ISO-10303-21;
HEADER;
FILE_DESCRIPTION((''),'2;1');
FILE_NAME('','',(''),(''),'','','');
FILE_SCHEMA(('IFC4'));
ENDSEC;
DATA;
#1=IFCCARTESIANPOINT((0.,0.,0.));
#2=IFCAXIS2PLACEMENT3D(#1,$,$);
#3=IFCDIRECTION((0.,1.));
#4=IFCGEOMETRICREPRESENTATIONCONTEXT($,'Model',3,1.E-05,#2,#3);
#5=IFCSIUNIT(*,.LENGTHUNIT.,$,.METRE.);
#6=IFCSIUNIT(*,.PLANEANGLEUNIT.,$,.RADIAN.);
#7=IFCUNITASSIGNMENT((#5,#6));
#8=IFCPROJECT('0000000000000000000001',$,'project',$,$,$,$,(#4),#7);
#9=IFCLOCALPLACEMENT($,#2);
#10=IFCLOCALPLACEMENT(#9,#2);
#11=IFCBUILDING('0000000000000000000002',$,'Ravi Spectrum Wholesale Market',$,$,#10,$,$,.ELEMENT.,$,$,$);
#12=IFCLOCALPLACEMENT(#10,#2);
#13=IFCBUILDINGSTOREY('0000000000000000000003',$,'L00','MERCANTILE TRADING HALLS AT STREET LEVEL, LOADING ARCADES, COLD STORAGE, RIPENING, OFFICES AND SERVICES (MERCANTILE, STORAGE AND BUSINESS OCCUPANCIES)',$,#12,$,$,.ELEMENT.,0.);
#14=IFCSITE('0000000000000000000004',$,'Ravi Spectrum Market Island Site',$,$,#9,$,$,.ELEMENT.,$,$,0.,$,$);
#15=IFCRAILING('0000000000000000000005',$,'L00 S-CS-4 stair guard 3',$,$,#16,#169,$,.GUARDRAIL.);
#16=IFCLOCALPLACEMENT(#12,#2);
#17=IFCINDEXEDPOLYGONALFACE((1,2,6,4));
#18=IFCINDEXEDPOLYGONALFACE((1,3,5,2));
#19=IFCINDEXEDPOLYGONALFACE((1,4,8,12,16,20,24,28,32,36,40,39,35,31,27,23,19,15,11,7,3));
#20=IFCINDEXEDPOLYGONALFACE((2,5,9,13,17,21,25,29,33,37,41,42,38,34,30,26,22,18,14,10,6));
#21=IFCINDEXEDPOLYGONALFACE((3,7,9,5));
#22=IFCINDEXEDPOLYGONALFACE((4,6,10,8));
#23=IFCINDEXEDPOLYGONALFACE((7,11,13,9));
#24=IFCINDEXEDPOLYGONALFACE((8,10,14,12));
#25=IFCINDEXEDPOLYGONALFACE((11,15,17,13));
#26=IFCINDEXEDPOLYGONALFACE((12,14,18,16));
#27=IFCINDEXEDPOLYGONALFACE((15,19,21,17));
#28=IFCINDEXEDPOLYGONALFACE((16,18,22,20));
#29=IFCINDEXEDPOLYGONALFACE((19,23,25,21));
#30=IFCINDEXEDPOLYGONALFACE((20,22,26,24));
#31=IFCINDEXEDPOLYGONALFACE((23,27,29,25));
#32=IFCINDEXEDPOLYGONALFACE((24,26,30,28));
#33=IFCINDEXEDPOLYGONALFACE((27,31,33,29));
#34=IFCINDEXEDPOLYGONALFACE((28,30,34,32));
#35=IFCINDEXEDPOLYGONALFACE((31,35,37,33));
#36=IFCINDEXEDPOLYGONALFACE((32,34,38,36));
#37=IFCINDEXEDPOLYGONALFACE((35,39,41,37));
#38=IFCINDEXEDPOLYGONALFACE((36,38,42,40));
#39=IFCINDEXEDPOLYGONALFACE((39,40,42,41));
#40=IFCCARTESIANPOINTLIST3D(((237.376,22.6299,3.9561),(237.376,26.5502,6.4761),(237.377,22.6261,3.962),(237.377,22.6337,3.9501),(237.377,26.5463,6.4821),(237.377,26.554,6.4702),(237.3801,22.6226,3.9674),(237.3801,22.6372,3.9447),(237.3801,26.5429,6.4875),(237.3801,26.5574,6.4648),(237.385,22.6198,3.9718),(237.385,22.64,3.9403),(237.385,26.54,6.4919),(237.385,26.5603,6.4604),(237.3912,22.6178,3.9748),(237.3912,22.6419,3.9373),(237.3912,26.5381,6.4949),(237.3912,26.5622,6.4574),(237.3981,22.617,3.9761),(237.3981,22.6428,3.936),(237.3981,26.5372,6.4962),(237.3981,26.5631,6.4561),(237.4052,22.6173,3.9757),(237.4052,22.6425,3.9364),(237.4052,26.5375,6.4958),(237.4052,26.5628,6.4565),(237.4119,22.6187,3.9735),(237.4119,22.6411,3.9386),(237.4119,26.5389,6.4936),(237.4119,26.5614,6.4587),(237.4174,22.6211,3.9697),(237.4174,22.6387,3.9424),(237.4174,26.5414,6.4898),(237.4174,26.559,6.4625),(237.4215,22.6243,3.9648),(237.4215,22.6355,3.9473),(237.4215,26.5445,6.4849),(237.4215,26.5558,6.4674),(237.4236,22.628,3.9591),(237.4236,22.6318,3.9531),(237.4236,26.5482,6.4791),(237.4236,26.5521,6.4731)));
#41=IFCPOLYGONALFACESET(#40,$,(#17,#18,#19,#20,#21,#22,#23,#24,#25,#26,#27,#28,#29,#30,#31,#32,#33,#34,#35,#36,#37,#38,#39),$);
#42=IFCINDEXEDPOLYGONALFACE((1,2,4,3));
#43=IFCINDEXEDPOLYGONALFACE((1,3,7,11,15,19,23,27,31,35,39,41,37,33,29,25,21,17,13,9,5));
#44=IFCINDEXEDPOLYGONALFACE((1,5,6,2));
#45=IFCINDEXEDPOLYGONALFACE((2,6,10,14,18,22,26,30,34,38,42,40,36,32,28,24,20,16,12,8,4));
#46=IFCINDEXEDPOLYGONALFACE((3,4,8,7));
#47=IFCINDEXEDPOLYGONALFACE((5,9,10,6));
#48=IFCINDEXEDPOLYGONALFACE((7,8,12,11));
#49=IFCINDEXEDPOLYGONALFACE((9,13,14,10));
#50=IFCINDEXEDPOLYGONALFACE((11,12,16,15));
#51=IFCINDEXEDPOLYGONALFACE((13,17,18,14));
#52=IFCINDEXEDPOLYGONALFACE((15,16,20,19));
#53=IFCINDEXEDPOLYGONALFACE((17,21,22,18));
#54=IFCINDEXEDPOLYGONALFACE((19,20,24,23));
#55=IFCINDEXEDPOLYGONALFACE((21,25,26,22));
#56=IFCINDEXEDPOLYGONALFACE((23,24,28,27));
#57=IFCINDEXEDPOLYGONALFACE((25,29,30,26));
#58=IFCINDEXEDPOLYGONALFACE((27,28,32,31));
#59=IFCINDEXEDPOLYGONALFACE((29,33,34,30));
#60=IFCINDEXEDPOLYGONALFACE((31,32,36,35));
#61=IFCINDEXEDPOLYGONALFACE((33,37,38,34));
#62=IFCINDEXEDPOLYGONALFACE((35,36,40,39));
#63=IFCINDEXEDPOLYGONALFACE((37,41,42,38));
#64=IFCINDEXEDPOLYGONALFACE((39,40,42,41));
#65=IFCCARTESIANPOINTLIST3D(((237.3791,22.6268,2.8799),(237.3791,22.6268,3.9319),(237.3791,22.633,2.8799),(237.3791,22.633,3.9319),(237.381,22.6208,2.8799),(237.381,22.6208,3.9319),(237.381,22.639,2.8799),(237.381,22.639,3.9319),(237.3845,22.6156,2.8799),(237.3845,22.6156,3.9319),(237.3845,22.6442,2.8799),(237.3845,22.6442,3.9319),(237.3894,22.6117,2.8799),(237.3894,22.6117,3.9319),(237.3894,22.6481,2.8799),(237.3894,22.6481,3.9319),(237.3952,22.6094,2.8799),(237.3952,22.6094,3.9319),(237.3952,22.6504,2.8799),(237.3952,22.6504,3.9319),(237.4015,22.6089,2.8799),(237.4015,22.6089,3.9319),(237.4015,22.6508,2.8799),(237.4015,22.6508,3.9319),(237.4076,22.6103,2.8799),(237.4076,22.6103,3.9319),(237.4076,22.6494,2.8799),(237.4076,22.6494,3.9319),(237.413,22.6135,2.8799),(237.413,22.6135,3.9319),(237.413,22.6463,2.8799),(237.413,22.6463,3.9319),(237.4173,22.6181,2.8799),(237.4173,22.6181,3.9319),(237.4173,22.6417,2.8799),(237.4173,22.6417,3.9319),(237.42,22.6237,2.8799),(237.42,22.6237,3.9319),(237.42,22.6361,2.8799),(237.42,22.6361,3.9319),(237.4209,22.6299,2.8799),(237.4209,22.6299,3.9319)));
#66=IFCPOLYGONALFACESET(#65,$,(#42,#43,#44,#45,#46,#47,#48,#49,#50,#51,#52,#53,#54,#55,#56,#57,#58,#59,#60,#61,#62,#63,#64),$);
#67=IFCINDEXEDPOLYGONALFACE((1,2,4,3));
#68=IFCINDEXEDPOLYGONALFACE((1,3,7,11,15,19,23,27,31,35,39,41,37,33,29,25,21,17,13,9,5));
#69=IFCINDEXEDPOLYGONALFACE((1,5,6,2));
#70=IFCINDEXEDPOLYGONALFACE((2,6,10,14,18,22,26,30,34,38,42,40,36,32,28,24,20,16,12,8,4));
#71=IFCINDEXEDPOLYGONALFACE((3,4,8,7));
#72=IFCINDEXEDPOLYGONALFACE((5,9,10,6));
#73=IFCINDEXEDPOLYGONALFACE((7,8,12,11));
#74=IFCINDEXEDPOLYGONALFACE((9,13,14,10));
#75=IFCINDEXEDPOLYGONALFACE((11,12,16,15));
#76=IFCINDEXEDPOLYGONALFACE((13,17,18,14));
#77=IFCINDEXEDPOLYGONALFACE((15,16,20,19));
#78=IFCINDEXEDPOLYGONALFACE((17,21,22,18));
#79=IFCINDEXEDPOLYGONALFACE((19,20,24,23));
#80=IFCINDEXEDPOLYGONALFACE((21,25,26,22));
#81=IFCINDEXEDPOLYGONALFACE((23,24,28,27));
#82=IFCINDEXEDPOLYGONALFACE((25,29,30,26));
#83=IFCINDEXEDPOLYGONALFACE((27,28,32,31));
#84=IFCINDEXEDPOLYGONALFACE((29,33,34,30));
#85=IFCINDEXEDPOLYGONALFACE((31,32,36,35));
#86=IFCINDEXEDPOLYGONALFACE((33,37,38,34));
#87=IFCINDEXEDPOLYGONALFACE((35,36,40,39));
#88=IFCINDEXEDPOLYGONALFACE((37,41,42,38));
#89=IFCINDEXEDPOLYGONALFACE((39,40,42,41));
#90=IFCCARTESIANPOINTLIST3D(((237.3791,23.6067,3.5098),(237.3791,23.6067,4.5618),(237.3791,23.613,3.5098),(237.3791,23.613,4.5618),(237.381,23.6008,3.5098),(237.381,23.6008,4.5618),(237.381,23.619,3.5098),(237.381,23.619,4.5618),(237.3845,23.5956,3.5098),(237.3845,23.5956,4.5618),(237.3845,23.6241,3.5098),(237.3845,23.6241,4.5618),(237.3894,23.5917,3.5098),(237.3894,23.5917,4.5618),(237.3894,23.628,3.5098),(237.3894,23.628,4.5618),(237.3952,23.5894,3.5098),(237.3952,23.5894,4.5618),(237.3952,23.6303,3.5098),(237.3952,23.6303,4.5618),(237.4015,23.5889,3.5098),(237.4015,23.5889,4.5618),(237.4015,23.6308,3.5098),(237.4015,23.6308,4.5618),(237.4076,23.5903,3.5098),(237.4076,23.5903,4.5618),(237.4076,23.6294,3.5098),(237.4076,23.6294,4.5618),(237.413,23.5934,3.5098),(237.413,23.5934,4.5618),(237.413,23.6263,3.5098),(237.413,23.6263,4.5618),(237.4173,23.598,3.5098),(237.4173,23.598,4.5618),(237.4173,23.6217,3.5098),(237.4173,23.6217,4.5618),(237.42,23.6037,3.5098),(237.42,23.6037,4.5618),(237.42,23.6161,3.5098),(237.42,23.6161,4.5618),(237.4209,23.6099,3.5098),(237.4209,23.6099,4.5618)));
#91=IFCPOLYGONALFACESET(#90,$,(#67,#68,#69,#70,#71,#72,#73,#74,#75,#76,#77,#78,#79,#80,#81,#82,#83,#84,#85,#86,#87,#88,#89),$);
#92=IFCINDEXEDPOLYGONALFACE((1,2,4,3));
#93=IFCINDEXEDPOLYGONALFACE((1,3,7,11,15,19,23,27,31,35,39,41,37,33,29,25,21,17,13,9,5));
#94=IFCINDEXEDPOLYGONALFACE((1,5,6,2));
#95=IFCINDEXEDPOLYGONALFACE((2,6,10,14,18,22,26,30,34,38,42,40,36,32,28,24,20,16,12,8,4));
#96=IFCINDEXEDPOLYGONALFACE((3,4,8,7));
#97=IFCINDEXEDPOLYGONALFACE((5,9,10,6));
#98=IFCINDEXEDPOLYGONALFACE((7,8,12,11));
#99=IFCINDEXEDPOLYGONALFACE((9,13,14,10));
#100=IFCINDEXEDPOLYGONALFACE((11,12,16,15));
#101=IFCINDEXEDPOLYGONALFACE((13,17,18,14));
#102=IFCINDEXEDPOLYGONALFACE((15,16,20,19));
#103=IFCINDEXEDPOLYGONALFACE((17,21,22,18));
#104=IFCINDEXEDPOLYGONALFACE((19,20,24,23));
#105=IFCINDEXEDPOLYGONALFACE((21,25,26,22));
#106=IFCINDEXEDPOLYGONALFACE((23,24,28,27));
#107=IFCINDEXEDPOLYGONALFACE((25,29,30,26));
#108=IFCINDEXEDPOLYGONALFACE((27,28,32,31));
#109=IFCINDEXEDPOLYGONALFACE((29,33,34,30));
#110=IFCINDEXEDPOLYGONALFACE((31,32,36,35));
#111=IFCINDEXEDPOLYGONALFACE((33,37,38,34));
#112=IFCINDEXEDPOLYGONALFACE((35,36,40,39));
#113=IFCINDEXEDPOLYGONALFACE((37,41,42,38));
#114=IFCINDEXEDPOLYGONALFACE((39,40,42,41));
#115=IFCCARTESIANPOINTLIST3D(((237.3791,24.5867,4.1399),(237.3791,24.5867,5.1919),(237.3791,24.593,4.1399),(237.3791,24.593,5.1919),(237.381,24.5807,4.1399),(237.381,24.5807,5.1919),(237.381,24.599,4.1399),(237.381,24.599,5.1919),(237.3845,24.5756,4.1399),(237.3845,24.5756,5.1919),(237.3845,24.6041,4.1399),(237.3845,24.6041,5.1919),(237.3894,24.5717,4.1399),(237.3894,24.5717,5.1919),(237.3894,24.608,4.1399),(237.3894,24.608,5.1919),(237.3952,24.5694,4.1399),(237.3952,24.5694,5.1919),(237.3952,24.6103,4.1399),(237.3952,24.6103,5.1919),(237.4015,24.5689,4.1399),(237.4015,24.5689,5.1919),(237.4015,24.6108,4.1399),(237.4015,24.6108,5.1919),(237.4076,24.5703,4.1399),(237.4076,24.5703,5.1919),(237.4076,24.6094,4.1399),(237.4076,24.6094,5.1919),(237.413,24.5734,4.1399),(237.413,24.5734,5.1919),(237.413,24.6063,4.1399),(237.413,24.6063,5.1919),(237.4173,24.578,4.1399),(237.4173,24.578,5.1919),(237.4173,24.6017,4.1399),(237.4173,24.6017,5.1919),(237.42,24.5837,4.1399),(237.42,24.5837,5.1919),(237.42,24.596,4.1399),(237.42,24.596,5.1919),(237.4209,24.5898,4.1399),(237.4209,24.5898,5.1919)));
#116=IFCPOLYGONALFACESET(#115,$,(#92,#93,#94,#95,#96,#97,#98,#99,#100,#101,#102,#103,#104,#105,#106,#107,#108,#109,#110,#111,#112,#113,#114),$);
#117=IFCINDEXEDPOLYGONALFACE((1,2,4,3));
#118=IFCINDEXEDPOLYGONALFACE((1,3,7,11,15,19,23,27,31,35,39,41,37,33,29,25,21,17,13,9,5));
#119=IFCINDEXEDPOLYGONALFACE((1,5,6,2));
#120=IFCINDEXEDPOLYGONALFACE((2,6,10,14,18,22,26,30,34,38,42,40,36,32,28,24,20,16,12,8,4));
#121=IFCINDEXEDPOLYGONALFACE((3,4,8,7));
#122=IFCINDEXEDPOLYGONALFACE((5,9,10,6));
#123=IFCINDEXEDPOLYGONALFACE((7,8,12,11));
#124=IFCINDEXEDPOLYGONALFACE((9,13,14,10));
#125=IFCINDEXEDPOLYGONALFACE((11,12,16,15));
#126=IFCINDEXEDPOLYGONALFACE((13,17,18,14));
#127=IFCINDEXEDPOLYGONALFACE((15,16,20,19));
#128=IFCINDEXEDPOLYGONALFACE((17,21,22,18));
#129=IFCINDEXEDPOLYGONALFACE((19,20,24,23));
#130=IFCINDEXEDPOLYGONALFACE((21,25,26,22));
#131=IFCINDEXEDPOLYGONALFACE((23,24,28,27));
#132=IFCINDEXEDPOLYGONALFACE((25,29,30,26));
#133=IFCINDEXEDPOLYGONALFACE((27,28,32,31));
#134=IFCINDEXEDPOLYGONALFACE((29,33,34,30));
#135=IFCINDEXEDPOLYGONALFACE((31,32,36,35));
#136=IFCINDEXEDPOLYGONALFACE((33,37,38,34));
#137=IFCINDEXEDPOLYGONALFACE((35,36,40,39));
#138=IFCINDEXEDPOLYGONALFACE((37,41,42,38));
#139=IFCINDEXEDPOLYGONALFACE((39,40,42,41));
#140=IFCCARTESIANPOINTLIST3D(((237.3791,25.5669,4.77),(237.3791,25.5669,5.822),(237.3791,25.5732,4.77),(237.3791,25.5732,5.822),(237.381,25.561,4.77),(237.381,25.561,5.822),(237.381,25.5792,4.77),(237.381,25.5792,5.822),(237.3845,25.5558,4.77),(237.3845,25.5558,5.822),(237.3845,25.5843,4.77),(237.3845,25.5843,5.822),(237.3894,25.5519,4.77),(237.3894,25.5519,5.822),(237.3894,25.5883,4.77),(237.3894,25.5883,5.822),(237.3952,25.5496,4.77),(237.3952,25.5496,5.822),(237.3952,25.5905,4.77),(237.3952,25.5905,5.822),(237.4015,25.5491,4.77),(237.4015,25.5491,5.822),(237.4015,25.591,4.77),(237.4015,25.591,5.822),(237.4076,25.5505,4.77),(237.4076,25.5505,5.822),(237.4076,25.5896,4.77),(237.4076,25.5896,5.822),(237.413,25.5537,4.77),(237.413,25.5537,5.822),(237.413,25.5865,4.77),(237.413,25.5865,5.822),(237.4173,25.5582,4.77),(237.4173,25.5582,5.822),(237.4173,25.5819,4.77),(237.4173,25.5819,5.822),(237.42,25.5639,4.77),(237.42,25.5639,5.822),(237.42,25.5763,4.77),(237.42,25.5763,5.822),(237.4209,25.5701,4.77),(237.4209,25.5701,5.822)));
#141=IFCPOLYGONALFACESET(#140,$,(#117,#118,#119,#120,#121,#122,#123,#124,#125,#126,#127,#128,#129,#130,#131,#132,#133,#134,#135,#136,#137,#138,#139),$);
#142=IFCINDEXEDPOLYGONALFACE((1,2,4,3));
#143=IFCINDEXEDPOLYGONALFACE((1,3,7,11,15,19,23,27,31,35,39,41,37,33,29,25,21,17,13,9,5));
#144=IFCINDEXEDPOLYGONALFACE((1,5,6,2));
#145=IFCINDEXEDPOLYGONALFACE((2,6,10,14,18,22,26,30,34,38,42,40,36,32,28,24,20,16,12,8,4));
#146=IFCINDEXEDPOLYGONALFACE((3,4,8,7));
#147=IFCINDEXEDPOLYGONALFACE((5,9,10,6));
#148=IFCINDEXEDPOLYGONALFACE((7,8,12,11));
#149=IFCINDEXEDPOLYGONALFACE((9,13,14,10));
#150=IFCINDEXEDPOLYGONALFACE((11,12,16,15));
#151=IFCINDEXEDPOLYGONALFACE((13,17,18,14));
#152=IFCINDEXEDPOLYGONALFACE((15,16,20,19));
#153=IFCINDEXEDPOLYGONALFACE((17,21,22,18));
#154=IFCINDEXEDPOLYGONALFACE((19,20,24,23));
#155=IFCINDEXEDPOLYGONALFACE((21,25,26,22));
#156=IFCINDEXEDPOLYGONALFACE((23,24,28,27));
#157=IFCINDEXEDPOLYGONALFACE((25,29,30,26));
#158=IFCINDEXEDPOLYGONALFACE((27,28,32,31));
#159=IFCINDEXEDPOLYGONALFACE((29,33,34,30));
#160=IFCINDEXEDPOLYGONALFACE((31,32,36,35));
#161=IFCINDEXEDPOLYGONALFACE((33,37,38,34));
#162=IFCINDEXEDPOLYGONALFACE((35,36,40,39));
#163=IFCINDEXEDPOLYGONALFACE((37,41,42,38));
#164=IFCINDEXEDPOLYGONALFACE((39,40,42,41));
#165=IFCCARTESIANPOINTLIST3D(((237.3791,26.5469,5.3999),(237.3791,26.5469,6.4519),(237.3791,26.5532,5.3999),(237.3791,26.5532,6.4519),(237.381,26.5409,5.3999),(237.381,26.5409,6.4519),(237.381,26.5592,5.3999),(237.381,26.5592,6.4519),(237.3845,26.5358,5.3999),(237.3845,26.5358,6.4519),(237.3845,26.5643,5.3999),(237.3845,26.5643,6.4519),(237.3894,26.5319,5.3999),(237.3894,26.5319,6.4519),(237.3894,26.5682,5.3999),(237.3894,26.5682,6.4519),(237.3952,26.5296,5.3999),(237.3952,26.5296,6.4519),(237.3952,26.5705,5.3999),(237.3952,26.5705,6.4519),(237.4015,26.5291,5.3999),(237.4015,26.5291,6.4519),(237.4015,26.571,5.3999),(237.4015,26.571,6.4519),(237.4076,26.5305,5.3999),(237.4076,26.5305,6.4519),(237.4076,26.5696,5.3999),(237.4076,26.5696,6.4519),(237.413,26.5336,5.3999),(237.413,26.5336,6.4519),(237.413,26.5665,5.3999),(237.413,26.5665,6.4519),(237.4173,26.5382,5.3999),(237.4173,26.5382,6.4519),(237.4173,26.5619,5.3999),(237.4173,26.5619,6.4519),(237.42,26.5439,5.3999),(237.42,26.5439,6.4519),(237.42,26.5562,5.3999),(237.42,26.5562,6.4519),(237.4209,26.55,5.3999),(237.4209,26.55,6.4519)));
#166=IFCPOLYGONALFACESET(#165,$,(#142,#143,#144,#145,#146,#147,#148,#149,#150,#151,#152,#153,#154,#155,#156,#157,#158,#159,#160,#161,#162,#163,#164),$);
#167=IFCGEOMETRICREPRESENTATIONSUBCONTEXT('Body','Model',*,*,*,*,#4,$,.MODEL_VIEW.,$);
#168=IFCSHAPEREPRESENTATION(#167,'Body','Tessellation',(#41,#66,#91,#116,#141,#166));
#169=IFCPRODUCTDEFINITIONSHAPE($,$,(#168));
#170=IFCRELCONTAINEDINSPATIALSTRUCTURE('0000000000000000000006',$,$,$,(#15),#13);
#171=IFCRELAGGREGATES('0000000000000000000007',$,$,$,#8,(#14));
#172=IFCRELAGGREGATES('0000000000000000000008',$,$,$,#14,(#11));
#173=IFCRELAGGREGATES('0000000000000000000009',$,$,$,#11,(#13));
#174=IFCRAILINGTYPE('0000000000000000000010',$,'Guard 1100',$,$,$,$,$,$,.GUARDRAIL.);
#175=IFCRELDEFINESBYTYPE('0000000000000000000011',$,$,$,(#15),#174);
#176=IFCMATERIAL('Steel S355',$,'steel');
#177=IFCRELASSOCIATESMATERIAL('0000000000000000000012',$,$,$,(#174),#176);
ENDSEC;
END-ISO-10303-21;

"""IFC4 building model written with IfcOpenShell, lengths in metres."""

from ifc_helpers import new_model, si_unit, direction, frame, origin, origin_2d, place, context, subcontext, project, spatial, circle, extrude, material, type_object, element, save


model = new_model("IFC4")

# Units and contexts
model_context = context("Model", 3, precision=1e-05, world=origin(), true_north=direction((0.0, 1.0)))
body_context = subcontext(model_context, "Body", "Model", "MODEL_VIEW")
ifc_project = project(units=[si_unit("LENGTHUNIT", "METRE"), si_unit("PLANEANGLEUNIT", "RADIAN")], contexts=[model_context])

# Site, building, storey
site_placement = place(None, origin())
site = spatial("IfcSite", under=ifc_project, at=site_placement, Name="Ravi Spectrum Market Island Site", CompositionType="ELEMENT", RefElevation=0.0)
building_placement = place(site_placement, origin())
building = spatial("IfcBuilding", under=site, at=building_placement, Name="Ravi Spectrum Wholesale Market", CompositionType="ELEMENT")
storey_placement = place(building_placement, origin())
storey = spatial("IfcBuildingStorey", under=building, at=storey_placement, Name="L00", Description="MERCANTILE TRADING HALLS AT STREET LEVEL, LOADING ARCADES, COLD STORAGE, RIPENING, OFFICES AND SERVICES (MERCANTILE, STORAGE AND BUSINESS OCCUPANCIES)", CompositionType="ELEMENT", Elevation=0.0)

# Railing
ifc_material_1 = material(Name="Steel S355", Category="steel")
railing_type_1 = type_object("IfcRailingType", Name="Guard 1100", PredefinedType="GUARDRAIL", material=ifc_material_1)
railing_1_placement = place(storey_placement, frame((237.3999, 22.6299, 2.8799)))
element("IfcRailing", 1, at=railing_1_placement, inside=storey, type_object=railing_type_1, Name="L00 S-CS-4 stair guard 3", PredefinedType="GUARDRAIL", context=body_context, shape_type="SweptSolid", body=[
    extrude(circle(Radius=0.0239, at=origin_2d()), frame((0.0, 0.0, 1.0762), z_axis=(0.0, 0.841187, 0.540744), x_axis=(-1.0, 0.0, 0.0)), (0.0, 0.0, 1.0), 4.6604),
    extrude(circle(Radius=0.021, at=origin_2d()), origin(), (0.0, 0.0, 1.0), 1.052),
    extrude(circle(Radius=0.021, at=origin_2d()), frame((0.0, 0.98, 0.6299)), (0.0, 0.0, 1.0), 1.052),
    extrude(circle(Radius=0.021, at=origin_2d()), frame((0.0, 1.96, 1.26)), (0.0, 0.0, 1.0), 1.052),
    extrude(circle(Radius=0.021, at=origin_2d()), frame((0.0, 2.9402, 1.8901)), (0.0, 0.0, 1.0), 1.052),
    extrude(circle(Radius=0.021, at=origin_2d()), frame((0.0, 3.9202, 2.52)), (0.0, 0.0, 1.0), 1.052),
])

save(model, "model.ifc")
